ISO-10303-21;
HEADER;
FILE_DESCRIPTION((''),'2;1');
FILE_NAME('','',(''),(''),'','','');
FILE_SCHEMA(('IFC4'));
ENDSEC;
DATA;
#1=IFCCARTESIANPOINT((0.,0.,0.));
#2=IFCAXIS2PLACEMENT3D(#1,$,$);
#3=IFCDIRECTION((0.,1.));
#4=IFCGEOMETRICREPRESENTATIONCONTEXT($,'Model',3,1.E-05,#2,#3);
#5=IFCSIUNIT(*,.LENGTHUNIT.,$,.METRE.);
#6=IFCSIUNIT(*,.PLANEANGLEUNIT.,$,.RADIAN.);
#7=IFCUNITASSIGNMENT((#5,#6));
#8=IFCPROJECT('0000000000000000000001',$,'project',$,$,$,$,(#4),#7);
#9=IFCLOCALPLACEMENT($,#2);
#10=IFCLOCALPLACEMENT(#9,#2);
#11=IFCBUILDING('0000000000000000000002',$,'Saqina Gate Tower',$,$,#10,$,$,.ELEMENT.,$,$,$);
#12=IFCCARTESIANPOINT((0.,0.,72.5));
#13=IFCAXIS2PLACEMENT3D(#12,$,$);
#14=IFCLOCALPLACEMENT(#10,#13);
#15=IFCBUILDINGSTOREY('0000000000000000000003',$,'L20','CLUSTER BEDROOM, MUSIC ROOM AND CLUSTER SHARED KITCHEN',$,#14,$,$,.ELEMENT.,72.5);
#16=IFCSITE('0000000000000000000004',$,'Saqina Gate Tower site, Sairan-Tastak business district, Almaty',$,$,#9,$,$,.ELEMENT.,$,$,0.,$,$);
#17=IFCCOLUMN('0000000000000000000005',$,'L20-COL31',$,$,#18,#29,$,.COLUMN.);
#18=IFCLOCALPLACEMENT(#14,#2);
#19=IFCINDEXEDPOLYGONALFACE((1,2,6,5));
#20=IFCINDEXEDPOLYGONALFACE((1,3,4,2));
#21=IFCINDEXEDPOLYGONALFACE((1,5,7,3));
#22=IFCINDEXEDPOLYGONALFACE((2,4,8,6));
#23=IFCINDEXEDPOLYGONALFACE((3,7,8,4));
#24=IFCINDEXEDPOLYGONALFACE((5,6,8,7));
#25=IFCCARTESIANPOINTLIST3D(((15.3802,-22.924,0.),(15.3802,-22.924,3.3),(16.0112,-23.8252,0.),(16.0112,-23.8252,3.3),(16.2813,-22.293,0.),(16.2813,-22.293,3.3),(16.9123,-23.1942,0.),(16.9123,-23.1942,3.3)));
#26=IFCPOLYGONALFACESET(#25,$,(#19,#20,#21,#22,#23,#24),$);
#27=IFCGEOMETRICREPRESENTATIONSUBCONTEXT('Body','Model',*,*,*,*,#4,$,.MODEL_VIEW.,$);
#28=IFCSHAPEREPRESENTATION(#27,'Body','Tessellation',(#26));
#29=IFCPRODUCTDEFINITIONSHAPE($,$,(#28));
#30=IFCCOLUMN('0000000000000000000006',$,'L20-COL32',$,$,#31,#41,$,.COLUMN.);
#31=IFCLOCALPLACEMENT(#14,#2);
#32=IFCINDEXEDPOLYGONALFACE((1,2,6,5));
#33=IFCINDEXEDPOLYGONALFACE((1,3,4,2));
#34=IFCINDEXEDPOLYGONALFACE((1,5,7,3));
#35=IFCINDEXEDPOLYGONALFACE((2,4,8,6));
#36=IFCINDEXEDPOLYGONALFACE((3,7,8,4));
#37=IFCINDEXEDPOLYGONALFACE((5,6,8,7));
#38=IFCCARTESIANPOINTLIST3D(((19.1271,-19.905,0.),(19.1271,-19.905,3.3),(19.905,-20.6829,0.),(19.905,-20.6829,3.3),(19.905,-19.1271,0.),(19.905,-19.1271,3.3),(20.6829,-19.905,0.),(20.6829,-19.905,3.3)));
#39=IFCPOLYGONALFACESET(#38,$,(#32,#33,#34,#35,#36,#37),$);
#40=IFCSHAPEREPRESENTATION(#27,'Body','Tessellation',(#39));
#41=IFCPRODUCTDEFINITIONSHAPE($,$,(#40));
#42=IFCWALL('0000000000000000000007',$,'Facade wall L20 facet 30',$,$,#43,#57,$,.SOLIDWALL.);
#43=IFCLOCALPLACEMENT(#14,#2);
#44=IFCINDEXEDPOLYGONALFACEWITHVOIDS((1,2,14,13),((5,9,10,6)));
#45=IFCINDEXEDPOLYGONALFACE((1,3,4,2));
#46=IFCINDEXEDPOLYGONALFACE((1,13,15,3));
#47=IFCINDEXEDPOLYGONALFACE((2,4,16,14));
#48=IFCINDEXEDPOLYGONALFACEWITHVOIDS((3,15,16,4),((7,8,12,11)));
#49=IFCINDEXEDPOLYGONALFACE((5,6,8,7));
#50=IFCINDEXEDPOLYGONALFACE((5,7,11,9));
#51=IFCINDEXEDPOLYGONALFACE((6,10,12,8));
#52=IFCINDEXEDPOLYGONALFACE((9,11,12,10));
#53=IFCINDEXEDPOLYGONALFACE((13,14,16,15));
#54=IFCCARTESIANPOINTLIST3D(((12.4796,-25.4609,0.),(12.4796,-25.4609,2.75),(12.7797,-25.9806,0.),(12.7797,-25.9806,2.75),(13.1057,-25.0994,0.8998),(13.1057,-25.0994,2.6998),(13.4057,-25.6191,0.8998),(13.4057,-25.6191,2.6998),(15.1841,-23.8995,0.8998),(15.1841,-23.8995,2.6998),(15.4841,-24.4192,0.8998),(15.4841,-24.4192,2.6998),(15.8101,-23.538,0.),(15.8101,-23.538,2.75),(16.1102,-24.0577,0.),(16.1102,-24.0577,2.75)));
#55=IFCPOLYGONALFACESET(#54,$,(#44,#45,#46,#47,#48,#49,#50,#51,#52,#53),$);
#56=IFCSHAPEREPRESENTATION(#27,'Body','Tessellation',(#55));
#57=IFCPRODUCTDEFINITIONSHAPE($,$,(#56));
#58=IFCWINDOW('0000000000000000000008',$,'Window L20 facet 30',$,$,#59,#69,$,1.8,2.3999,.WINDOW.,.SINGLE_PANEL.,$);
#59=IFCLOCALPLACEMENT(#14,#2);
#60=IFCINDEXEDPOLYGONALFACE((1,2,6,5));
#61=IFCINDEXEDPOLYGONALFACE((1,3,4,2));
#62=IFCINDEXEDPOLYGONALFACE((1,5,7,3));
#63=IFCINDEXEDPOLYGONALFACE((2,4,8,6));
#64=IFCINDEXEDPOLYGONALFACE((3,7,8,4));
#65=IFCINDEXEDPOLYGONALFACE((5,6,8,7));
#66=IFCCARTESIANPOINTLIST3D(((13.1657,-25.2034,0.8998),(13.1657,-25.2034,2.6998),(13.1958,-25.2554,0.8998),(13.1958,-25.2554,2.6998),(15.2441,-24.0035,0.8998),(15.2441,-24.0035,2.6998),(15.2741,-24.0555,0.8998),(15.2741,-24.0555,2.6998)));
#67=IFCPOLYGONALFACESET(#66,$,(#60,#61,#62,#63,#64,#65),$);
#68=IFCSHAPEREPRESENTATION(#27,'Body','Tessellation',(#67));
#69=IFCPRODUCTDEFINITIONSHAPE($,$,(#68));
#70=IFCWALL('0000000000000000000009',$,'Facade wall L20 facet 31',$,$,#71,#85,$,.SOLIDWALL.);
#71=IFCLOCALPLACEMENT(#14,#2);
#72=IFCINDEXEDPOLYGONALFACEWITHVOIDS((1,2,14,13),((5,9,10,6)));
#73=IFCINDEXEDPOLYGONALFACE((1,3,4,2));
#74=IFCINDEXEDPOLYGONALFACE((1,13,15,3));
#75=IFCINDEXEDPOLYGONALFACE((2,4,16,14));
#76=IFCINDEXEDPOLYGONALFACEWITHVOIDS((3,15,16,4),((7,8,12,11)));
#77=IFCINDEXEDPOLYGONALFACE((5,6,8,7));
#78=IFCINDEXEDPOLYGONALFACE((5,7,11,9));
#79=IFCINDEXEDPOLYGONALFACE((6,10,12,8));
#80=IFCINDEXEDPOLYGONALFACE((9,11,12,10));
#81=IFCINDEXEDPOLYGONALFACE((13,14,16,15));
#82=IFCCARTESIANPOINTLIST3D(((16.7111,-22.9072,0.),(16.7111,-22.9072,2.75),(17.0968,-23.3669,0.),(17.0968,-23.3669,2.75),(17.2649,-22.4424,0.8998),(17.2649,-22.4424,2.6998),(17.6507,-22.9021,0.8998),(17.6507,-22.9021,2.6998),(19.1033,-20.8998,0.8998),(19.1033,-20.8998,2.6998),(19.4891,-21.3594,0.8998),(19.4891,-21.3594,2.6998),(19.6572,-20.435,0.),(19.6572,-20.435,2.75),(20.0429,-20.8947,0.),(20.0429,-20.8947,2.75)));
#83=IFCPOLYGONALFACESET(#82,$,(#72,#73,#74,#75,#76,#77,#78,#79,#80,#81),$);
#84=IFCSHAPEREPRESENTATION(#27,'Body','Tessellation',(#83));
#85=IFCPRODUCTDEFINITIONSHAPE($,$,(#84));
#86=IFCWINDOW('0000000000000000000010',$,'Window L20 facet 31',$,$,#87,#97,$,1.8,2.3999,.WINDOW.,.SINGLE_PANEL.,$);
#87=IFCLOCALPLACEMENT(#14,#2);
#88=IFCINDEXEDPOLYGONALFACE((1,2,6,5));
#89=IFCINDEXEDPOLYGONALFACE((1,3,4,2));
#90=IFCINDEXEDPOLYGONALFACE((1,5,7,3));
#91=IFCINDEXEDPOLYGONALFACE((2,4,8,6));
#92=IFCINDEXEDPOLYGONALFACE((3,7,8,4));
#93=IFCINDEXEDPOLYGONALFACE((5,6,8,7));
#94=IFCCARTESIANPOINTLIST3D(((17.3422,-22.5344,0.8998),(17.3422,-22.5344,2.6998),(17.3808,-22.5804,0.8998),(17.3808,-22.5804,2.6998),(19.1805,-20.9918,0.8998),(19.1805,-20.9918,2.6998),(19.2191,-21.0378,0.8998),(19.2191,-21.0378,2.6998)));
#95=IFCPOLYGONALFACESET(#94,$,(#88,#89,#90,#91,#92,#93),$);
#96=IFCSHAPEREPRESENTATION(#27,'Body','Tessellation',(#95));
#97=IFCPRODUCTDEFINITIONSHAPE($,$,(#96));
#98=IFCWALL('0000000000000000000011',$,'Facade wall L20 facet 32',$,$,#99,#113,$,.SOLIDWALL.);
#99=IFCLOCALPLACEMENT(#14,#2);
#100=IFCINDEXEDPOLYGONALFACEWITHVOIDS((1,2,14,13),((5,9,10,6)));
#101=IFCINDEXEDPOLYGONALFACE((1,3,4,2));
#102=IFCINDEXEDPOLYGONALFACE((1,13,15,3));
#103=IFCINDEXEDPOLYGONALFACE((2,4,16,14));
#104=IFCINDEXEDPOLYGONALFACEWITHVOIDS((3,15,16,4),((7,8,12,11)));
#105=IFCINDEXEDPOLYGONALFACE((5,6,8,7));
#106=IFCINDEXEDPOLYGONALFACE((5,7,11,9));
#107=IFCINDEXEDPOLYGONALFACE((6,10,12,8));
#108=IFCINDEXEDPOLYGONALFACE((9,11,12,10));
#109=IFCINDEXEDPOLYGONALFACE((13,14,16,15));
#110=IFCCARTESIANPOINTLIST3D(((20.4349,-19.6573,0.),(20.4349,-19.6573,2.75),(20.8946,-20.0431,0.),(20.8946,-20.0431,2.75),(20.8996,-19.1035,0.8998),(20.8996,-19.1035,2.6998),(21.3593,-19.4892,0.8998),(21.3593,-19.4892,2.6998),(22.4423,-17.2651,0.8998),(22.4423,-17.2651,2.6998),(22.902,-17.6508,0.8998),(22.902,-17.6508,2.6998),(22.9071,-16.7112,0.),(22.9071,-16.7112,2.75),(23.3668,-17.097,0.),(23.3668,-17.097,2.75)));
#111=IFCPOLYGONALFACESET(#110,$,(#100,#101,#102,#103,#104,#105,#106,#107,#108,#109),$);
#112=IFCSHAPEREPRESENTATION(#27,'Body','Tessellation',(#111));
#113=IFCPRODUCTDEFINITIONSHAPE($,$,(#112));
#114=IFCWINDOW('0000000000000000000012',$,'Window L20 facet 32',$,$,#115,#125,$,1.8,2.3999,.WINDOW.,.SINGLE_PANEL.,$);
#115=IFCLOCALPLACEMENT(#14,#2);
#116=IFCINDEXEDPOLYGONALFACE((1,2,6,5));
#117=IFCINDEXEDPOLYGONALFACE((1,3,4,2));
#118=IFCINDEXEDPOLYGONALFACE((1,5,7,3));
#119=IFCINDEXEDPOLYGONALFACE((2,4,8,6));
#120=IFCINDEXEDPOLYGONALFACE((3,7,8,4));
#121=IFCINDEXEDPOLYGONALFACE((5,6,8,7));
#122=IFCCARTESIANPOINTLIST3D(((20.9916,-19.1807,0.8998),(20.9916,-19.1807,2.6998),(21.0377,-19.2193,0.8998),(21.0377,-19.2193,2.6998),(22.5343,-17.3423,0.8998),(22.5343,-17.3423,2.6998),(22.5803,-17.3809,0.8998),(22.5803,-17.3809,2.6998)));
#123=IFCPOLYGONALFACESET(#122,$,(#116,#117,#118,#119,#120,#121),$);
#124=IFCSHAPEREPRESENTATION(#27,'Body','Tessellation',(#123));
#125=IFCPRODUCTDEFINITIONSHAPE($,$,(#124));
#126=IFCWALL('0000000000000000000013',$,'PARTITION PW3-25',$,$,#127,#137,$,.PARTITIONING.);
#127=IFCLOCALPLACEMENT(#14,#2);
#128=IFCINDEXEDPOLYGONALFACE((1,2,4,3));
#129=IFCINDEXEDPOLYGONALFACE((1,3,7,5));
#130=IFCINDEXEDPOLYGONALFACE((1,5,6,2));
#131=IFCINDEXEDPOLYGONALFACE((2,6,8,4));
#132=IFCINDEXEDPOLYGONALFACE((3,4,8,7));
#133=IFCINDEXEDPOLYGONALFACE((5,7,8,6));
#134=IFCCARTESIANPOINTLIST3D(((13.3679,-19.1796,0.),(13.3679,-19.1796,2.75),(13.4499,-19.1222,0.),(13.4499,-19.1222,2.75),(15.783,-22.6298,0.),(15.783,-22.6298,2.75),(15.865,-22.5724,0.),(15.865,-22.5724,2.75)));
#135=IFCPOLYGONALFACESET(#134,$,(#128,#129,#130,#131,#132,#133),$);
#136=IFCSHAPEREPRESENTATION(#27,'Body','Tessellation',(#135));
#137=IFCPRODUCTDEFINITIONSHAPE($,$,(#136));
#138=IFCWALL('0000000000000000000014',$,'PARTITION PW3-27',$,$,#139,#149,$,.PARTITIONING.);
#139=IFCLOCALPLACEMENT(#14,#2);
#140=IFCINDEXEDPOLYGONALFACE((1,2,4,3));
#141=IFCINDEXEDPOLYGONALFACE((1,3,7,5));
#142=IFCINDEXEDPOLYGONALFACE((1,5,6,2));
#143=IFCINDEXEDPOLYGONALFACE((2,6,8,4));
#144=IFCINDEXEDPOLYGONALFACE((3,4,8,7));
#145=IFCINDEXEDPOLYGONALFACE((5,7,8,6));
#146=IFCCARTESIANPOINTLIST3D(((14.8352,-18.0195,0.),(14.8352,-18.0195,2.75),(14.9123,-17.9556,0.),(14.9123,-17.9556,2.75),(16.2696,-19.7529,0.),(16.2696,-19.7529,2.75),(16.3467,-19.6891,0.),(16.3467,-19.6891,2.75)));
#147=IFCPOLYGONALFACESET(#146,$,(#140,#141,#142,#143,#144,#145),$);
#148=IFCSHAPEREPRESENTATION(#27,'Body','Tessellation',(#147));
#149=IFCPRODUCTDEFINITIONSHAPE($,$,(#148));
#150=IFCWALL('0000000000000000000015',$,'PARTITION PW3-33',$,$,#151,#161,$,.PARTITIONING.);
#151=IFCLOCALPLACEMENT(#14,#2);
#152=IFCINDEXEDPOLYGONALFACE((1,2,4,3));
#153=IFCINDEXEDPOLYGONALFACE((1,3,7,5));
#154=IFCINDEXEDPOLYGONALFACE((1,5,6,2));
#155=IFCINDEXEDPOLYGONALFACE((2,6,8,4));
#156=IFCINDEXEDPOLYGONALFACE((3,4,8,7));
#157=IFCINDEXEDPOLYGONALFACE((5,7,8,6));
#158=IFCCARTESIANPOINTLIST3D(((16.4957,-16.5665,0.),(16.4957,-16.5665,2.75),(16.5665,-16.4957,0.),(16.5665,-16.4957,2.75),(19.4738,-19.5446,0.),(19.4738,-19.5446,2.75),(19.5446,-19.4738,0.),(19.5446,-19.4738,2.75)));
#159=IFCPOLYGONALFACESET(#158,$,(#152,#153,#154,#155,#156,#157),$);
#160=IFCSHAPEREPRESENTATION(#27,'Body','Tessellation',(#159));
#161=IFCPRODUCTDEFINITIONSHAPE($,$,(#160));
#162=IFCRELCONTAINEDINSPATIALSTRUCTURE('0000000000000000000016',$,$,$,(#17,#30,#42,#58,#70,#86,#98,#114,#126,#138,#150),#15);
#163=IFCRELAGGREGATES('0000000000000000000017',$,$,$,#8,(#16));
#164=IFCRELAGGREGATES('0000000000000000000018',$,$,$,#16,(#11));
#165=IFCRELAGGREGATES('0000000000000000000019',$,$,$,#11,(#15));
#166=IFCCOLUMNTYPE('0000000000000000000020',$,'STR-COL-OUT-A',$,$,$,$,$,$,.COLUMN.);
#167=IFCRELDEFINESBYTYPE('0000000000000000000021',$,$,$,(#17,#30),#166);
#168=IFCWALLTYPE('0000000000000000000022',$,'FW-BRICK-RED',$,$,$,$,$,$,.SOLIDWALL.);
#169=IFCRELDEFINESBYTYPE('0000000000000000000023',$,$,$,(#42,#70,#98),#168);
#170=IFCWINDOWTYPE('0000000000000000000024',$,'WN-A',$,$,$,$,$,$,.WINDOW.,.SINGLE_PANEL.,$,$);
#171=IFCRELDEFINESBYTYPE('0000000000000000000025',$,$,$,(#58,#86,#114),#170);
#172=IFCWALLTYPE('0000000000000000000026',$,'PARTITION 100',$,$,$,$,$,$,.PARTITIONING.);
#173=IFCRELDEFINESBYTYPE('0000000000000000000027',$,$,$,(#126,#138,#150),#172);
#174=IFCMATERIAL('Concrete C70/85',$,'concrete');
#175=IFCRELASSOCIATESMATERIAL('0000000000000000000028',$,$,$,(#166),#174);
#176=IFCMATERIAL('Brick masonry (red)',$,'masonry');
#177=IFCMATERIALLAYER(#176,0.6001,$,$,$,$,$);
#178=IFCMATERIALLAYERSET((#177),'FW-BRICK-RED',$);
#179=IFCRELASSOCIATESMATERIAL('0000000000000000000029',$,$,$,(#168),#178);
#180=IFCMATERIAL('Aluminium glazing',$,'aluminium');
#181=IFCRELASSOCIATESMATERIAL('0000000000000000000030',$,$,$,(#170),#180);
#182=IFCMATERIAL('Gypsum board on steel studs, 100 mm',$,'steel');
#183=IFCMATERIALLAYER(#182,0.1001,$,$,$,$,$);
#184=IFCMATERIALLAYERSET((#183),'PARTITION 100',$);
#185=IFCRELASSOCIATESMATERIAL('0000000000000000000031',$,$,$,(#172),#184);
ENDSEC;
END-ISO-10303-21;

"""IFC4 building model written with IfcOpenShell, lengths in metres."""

from ifc_helpers import new_model, si_unit, direction, frame, frame_2d, origin, origin_2d, place, context, subcontext, project, spatial, rectangle, extrude, material, layer, layer_set, material_profile, profile_set, type_object, element, fill, save


model = new_model("IFC4")

# Units and contexts
model_context = context("Model", 3, precision=1e-05, world=origin(), true_north=direction((0.0, 1.0)))
body_context = subcontext(model_context, "Body", "Model", "MODEL_VIEW")
ifc_project = project(units=[si_unit("LENGTHUNIT", "METRE"), si_unit("PLANEANGLEUNIT", "RADIAN")], contexts=[model_context])

# Site, building, storey
site_placement = place(None, origin())
site = spatial("IfcSite", under=ifc_project, at=site_placement, Name="Saqina Gate Tower site, Sairan-Tastak business district, Almaty", CompositionType="ELEMENT", RefElevation=0.0)
building_placement = place(site_placement, origin())
building = spatial("IfcBuilding", under=site, at=building_placement, Name="Saqina Gate Tower", CompositionType="ELEMENT")
storey_placement = place(building_placement, frame((0.0, 0.0, 72.5)))
storey = spatial("IfcBuildingStorey", under=building, at=storey_placement, Name="L20", Description="CLUSTER BEDROOM, MUSIC ROOM AND CLUSTER SHARED KITCHEN", CompositionType="ELEMENT", Elevation=72.5)

# Columns
ifc_material_1 = material(Name="Concrete C70/85", Category="concrete")
ifc_material_profile = material_profile(ifc_material_1, rectangle(XDim=1.1001, YDim=1.1001, at=origin_2d()), Name="RC 1100x1100")
ifc_profile_set = profile_set([ifc_material_profile], Name="Concrete C70/85")
column_type = type_object("IfcColumnType", Name="STR-COL-OUT-A", PredefinedType="COLUMN", material=ifc_profile_set)
for number, where, z_axis, x_axis, name in (
    (1, (16.1462, -23.0591, 0.0), (0.0, 0.0, 1.0), (0.573576, -0.819152, 0.0), "L20-COL31"),
    (2, (19.905, -19.905, 0.0), (0.0, 0.0, 1.0), (0.707107, -0.707107, 0.0), "L20-COL32"),
):
    element("IfcColumn", number, at=place(storey_placement, frame(where, z_axis=z_axis, x_axis=x_axis)), inside=storey, type_object=column_type, Name=name, PredefinedType="COLUMN", context=body_context, shape_type="SweptSolid", body=[
        extrude(rectangle(XDim=1.1001, YDim=1.1001, at=origin_2d()), origin(), (0.0, 0.0, 1.0), 3.3),
    ])

# Walls, openings, windows
ifc_material_2 = material(Name="Brick masonry (red)", Category="masonry")
ifc_layer_1 = layer(ifc_material_2, 0.6001)
ifc_layer_set_1 = layer_set([ifc_layer_1], Name="FW-BRICK-RED")
wall_type_1 = type_object("IfcWallType", Name="FW-BRICK-RED", PredefinedType="SOLIDWALL", material=ifc_layer_set_1)
wall_1_placement = place(storey_placement, frame((12.6296, -25.7207, 0.0), z_axis=(0.0, 0.0, 1.0), x_axis=(0.866031, 0.49999, 0.0)))
wall_1 = element("IfcWall", 3, at=wall_1_placement, inside=storey, type_object=wall_type_1, Name="Facade wall L20 facet 30", PredefinedType="SOLIDWALL", context=body_context, shape_type="SweptSolid", body=[
    extrude(rectangle(XDim=3.8457, YDim=0.6001, at=frame_2d((1.9229, 0.0))), origin(), (0.0, 0.0, 1.0), 2.75),
])
opening_1_placement = place(wall_1_placement, frame((0.7229, 0.0, 0.8999)))
opening_1 = element("IfcOpeningElement", 4, at=opening_1_placement, cuts=wall_1, PredefinedType="OPENING", context=body_context, shape_type="SweptSolid", body=[
    extrude(rectangle(XDim=2.3999, YDim=1.8, at=frame_2d((1.2, 0.8999))), frame((0.0, 0.312, 0.0), z_axis=(0.0, -1.0, 0.0), x_axis=(1.0, 0.0, 0.0)), (0.0, 0.0, 1.0), 0.624),
])
ifc_material_3 = material(Name="Aluminium glazing", Category="aluminium")
window_type = type_object("IfcWindowType", Name="WN-A", PartitioningType="SINGLE_PANEL", PredefinedType="WINDOW", material=ifc_material_3)
window_1_placement = place(opening_1_placement, origin())
window_1 = element("IfcWindow", 5, at=window_1_placement, inside=storey, type_object=window_type, Name="Window L20 facet 30", OverallHeight=1.8, OverallWidth=2.3999, PartitioningType="SINGLE_PANEL", PredefinedType="WINDOW", context=body_context, shape_type="SweptSolid", body=[
    extrude(rectangle(XDim=2.3999, YDim=1.8, at=frame_2d((1.2, 0.8999))), frame((0.0, 0.1799, 0.0), z_axis=(0.0, -1.0, 0.0), x_axis=(1.0, 0.0, 0.0)), (0.0, 0.0, 1.0), 0.0601),
])
fill(opening_1, window_1)
wall_2_placement = place(storey_placement, frame((16.9041, -23.137, 0.0), z_axis=(0.0, 0.0, 1.0), x_axis=(0.766026, 0.642809, 0.0)))
wall_2 = element("IfcWall", 6, at=wall_2_placement, inside=storey, type_object=wall_type_1, Name="Facade wall L20 facet 31", PredefinedType="SOLIDWALL", context=body_context, shape_type="SweptSolid", body=[
    extrude(rectangle(XDim=3.8459, YDim=0.6001, at=frame_2d((1.9229, 0.0))), origin(), (0.0, 0.0, 1.0), 2.75),
])
opening_2_placement = place(wall_2_placement, frame((0.7229, 0.0, 0.8999)))
opening_2 = element("IfcOpeningElement", 7, at=opening_2_placement, cuts=wall_2, PredefinedType="OPENING", context=body_context, shape_type="SweptSolid", body=[
    extrude(rectangle(XDim=2.3999, YDim=1.8, at=frame_2d((1.2, 0.8999))), frame((0.0, 0.312, 0.0), z_axis=(0.0, -1.0, 0.0), x_axis=(1.0, 0.0, 0.0)), (0.0, 0.0, 1.0), 0.624),
])
window_2_placement = place(opening_2_placement, origin())
window_2 = element("IfcWindow", 8, at=window_2_placement, inside=storey, type_object=window_type, Name="Window L20 facet 31", OverallHeight=1.8, OverallWidth=2.3999, PartitioningType="SINGLE_PANEL", PredefinedType="WINDOW", context=body_context, shape_type="SweptSolid", body=[
    extrude(rectangle(XDim=2.3999, YDim=1.8, at=frame_2d((1.2, 0.8999))), frame((0.0, 0.1799, 0.0), z_axis=(0.0, -1.0, 0.0), x_axis=(1.0, 0.0, 0.0)), (0.0, 0.0, 1.0), 0.0601),
])
fill(opening_2, window_2)
wall_3_placement = place(storey_placement, frame((20.6648, -19.8501, 0.0), z_axis=(0.0, 0.0, 1.0), x_axis=(0.642809, 0.766026, 0.0)))
wall_3 = element("IfcWall", 9, at=wall_3_placement, inside=storey, type_object=wall_type_1, Name="Facade wall L20 facet 32", PredefinedType="SOLIDWALL", context=body_context, shape_type="SweptSolid", body=[
    extrude(rectangle(XDim=3.8459, YDim=0.6001, at=frame_2d((1.9229, 0.0))), origin(), (0.0, 0.0, 1.0), 2.75),
])
opening_3_placement = place(wall_3_placement, frame((0.7229, 0.0, 0.8999)))
opening_3 = element("IfcOpeningElement", 10, at=opening_3_placement, cuts=wall_3, PredefinedType="OPENING", context=body_context, shape_type="SweptSolid", body=[
    extrude(rectangle(XDim=2.3999, YDim=1.8, at=frame_2d((1.2, 0.8999))), frame((0.0, 0.312, 0.0), z_axis=(0.0, -1.0, 0.0), x_axis=(1.0, 0.0, 0.0)), (0.0, 0.0, 1.0), 0.624),
])
window_3_placement = place(opening_3_placement, origin())
window_3 = element("IfcWindow", 11, at=window_3_placement, inside=storey, type_object=window_type, Name="Window L20 facet 32", OverallHeight=1.8, OverallWidth=2.3999, PartitioningType="SINGLE_PANEL", PredefinedType="WINDOW", context=body_context, shape_type="SweptSolid", body=[
    extrude(rectangle(XDim=2.3999, YDim=1.8, at=frame_2d((1.2, 0.8999))), frame((0.0, 0.1799, 0.0), z_axis=(0.0, -1.0, 0.0), x_axis=(1.0, 0.0, 0.0)), (0.0, 0.0, 1.0), 0.0601),
])
fill(opening_3, window_3)

# Walls
ifc_material_4 = material(Name="Gypsum board on steel studs, 100 mm", Category="steel")
ifc_layer_2 = layer(ifc_material_4, 0.1001)
ifc_layer_set_2 = layer_set([ifc_layer_2], Name="PARTITION 100")
wall_type_2 = type_object("IfcWallType", Name="PARTITION 100", PredefinedType="PARTITIONING", material=ifc_layer_set_2)
wall_4_placement = place(storey_placement, frame((13.4089, -19.1509, 0.0), z_axis=(0.0, 0.0, 1.0), x_axis=(0.573447, -0.819243, 0.0)))
element("IfcWall", 12, at=wall_4_placement, inside=storey, type_object=wall_type_2, Name="PARTITION PW3-25", PredefinedType="PARTITIONING", context=body_context, shape_type="SweptSolid", body=[
    extrude(rectangle(XDim=4.2114, YDim=0.1001, at=frame_2d((2.1057, 0.0))), origin(), (0.0, 0.0, 1.0), 2.75),
])
wall_5_placement = place(storey_placement, frame((14.8738, -17.9875, 0.0), z_axis=(0.0, 0.0, 1.0), x_axis=(0.637512, -0.77044, 0.0)))
element("IfcWall", 13, at=wall_5_placement, inside=storey, type_object=wall_type_2, Name="PARTITION PW3-27", PredefinedType="PARTITIONING", context=body_context, shape_type="SweptSolid", body=[
    extrude(rectangle(XDim=2.25, YDim=0.1001, at=frame_2d((1.125, 0.0))), origin(), (0.0, 0.0, 1.0), 2.75),
])
wall_6_placement = place(storey_placement, frame((16.531, -16.531, 0.0), z_axis=(0.0, 0.0, 1.0), x_axis=(0.707107, -0.707107, 0.0)))
element("IfcWall", 14, at=wall_6_placement, inside=storey, type_object=wall_type_2, Name="PARTITION PW3-33", PredefinedType="PARTITIONING", context=body_context, shape_type="SweptSolid", body=[
    extrude(rectangle(XDim=4.2117, YDim=0.1001, at=frame_2d((2.106, 0.0))), origin(), (0.0, 0.0, 1.0), 2.75),
])

save(model, "model.ifc")
